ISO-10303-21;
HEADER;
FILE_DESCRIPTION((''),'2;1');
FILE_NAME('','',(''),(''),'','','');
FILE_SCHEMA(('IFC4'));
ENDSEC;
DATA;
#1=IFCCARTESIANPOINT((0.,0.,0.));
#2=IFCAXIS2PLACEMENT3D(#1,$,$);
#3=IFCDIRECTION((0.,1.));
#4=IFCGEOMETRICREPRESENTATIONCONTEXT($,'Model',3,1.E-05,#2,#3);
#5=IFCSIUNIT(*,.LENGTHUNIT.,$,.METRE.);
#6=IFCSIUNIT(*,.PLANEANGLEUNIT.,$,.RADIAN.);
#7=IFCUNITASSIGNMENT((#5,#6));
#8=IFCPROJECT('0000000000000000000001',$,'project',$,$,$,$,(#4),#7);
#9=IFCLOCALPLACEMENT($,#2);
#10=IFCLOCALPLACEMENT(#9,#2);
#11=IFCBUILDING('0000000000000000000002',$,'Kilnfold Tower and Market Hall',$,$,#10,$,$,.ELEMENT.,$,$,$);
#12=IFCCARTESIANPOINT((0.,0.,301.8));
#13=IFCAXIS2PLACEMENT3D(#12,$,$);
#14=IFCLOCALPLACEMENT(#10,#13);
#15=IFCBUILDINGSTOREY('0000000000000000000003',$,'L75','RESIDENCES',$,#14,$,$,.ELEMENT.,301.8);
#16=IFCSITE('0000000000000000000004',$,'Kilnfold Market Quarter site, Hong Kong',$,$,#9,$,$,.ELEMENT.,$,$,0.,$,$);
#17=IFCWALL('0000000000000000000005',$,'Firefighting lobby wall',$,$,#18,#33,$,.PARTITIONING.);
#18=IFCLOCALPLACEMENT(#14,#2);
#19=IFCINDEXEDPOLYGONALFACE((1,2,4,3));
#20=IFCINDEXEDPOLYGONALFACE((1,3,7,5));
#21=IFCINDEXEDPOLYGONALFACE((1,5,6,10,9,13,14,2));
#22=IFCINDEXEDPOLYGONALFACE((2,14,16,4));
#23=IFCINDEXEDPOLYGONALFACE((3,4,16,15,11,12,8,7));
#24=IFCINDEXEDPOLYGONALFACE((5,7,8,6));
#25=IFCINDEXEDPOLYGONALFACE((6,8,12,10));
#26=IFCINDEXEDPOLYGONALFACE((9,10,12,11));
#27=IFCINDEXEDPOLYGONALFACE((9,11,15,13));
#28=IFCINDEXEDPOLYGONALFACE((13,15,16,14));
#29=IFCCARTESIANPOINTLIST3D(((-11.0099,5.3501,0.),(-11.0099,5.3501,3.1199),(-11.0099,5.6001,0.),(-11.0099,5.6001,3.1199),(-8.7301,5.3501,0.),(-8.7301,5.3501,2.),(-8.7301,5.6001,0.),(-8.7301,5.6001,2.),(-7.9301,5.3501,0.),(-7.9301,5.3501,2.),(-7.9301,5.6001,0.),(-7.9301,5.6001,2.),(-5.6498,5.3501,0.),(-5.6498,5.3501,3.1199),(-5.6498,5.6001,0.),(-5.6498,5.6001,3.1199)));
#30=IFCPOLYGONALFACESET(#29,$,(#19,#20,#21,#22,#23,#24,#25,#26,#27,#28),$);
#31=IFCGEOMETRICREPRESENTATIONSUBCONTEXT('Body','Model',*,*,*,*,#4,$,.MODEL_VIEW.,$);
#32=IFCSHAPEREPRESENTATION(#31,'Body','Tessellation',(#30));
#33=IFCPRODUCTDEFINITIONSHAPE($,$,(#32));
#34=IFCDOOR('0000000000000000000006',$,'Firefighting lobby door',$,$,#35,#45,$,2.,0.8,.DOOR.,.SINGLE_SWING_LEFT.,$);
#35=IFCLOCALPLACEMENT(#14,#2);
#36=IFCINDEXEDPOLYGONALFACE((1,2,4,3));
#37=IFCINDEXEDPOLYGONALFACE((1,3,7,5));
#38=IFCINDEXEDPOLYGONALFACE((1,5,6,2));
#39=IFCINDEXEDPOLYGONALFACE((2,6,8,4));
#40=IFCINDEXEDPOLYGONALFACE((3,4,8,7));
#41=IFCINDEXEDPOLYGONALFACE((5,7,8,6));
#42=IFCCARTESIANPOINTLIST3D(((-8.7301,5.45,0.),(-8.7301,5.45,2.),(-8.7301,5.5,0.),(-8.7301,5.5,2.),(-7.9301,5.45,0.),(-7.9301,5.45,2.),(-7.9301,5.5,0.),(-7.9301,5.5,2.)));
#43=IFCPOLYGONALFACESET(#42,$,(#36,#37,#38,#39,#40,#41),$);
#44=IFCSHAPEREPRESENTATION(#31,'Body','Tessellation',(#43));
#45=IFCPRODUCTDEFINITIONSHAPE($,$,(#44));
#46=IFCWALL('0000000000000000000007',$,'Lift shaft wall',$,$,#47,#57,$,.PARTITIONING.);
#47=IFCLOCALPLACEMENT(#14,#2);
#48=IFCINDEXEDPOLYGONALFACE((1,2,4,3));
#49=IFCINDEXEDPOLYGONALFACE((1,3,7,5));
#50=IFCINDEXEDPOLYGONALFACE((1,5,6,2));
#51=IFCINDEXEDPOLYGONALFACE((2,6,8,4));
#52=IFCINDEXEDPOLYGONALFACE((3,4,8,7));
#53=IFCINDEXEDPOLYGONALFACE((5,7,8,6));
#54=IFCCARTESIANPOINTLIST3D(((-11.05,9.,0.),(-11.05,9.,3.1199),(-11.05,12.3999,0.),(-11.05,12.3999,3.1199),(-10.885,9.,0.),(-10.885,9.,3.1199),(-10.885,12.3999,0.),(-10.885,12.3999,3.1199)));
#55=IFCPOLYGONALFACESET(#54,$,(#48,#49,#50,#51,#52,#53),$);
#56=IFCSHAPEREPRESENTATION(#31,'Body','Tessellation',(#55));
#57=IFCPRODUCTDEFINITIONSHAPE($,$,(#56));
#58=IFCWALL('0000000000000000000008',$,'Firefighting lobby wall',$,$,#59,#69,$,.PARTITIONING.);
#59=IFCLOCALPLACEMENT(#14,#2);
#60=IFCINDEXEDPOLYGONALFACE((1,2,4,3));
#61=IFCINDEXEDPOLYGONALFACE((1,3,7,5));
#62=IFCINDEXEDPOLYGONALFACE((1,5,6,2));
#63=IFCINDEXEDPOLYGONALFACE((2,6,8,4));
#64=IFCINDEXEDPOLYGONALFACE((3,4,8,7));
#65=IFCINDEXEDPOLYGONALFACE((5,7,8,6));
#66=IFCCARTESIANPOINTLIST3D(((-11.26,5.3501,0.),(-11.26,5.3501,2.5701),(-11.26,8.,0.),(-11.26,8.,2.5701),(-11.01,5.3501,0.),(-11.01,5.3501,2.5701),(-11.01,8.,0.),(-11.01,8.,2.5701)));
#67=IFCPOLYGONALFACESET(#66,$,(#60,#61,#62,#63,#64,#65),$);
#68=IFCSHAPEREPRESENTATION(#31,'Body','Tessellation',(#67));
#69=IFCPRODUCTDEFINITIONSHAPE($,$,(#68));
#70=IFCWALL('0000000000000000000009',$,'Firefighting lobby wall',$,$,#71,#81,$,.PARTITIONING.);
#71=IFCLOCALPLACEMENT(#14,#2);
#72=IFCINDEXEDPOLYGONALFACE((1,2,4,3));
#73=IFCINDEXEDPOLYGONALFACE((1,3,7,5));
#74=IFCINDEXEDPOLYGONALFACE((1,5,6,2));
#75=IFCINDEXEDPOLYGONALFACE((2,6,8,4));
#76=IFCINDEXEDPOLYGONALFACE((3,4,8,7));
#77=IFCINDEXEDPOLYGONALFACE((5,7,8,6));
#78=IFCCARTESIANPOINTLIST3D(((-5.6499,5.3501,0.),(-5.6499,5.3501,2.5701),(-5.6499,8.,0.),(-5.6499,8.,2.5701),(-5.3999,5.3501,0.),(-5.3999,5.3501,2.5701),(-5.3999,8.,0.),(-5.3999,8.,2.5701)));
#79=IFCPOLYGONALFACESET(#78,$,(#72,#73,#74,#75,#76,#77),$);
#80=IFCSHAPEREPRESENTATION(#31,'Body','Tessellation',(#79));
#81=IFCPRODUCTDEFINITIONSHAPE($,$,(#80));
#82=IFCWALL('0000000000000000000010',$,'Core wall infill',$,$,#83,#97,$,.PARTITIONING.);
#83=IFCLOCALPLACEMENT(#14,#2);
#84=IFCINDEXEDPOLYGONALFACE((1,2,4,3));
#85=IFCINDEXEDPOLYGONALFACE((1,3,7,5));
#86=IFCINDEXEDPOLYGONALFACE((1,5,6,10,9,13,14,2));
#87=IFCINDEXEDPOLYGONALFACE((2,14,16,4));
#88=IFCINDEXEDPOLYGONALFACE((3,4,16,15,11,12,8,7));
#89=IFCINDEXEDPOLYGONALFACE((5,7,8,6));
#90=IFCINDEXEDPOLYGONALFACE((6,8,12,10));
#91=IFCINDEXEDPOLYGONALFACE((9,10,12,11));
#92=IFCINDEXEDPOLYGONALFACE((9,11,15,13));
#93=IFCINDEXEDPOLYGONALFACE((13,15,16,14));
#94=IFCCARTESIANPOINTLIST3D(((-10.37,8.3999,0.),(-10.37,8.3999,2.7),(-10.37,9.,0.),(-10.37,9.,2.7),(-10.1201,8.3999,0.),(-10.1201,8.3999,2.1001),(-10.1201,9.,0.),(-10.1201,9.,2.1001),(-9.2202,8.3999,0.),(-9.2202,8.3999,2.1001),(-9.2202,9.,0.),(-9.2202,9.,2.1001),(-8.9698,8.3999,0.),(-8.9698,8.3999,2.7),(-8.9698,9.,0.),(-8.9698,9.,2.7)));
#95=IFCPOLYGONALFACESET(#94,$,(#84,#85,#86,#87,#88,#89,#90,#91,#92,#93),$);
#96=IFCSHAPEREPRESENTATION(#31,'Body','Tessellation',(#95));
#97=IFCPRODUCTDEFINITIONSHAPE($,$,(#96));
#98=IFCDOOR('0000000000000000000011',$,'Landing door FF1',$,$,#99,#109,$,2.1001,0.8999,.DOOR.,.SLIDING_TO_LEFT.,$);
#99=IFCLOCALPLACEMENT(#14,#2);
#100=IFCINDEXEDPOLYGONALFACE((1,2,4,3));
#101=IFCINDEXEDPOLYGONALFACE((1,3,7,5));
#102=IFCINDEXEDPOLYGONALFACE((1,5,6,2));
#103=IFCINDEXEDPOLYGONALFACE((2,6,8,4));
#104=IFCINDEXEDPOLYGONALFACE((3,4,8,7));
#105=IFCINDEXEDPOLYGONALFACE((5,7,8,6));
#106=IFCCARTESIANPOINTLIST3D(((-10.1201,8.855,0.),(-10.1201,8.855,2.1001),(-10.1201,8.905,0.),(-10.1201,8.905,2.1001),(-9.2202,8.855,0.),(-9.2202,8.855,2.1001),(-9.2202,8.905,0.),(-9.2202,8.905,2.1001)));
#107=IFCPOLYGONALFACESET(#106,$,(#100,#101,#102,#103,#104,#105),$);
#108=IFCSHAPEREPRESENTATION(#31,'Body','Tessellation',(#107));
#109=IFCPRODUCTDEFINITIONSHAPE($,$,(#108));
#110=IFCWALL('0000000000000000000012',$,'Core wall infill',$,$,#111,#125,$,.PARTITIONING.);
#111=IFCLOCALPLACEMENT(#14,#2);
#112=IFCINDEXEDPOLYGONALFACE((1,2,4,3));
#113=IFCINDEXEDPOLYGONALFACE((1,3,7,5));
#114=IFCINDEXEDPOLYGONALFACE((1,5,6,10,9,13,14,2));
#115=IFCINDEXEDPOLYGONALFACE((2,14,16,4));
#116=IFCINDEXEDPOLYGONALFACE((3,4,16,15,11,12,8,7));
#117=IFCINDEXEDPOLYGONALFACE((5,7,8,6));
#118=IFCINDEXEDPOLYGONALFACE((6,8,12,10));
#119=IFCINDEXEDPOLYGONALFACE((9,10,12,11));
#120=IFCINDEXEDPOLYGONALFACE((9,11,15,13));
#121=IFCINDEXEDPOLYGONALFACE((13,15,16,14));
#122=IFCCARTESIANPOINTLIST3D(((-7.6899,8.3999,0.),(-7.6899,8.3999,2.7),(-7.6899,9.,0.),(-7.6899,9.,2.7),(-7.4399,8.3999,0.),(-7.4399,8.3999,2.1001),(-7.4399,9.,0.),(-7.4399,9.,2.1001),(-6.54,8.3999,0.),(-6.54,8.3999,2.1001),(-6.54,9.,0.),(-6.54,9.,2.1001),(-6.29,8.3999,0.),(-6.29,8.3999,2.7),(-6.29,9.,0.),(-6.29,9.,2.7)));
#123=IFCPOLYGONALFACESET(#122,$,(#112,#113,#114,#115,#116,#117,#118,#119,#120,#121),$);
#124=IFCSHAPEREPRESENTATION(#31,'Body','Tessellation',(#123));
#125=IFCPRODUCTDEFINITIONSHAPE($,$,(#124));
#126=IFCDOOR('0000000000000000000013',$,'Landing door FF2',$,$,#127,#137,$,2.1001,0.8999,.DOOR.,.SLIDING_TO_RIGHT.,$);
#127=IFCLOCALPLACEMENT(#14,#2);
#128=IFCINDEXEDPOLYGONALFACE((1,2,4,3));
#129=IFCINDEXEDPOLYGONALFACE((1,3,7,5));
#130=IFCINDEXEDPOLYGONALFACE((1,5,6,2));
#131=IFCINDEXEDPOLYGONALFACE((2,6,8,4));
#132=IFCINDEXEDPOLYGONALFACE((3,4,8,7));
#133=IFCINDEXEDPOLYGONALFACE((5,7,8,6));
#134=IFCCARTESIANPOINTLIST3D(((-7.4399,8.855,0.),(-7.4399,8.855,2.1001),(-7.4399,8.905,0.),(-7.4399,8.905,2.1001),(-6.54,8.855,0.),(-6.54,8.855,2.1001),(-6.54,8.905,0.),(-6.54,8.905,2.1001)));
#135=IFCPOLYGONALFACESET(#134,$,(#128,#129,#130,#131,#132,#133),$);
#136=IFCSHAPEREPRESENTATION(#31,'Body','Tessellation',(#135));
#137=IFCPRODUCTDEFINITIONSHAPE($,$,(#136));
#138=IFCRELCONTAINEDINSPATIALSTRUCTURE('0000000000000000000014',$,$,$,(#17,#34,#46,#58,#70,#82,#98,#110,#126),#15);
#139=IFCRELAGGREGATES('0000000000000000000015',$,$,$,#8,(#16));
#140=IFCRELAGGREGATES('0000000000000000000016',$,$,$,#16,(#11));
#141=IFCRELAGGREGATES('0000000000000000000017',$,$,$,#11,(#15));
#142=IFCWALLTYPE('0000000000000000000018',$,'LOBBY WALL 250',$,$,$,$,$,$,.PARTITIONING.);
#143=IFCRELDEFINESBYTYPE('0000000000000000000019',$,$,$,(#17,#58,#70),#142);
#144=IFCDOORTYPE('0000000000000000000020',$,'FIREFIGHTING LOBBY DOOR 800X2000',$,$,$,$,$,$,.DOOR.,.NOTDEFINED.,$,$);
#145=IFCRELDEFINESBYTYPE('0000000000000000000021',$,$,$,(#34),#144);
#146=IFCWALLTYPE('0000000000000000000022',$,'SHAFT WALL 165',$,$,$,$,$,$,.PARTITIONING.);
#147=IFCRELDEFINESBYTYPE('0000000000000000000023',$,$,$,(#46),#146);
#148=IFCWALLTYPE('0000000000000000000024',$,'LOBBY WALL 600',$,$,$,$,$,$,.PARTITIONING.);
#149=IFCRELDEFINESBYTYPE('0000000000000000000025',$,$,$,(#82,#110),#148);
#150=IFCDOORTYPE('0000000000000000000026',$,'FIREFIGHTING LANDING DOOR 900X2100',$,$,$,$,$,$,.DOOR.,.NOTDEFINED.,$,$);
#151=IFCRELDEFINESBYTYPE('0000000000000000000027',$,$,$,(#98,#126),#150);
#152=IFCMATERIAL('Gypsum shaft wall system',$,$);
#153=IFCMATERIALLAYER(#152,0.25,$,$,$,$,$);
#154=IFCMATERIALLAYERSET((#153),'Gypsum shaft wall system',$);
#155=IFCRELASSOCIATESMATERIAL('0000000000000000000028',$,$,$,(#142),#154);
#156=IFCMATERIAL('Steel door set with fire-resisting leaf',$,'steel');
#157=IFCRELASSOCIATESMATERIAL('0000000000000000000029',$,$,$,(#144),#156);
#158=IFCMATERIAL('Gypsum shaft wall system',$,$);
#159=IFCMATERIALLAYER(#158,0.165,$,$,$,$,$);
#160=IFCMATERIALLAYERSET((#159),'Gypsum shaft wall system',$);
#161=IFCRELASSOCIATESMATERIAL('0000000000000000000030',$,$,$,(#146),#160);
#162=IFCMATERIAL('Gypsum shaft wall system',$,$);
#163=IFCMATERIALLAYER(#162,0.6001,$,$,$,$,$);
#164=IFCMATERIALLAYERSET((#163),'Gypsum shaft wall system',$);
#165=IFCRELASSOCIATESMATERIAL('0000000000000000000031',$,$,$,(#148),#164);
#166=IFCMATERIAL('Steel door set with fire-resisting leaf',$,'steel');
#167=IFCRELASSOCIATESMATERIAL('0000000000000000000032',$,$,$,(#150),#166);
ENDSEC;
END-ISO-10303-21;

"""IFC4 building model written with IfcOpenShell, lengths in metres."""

from ifc_helpers import new_model, si_unit, direction, frame, frame_2d, origin, place, context, subcontext, project, spatial, rectangle, extrude, source, transform, mapped, material, layer, layer_set, type_object, element, fill, save


model = new_model("IFC4")

# Units and contexts
model_context = context("Model", 3, precision=1e-05, world=origin(), true_north=direction((0.0, 1.0)))
body_context = subcontext(model_context, "Body", "Model", "MODEL_VIEW")
ifc_project = project(units=[si_unit("LENGTHUNIT", "METRE"), si_unit("PLANEANGLEUNIT", "RADIAN")], contexts=[model_context])

# Site, building, storey
site_placement = place(None, origin())
site = spatial("IfcSite", under=ifc_project, at=site_placement, Name="Kilnfold Market Quarter site, Hong Kong", CompositionType="ELEMENT", RefElevation=0.0)
building_placement = place(site_placement, origin())
building = spatial("IfcBuilding", under=site, at=building_placement, Name="Kilnfold Tower and Market Hall", CompositionType="ELEMENT")
storey_placement = place(building_placement, frame((0.0, 0.0, 301.8)))
storey = spatial("IfcBuildingStorey", under=building, at=storey_placement, Name="L75", Description="RESIDENCES", CompositionType="ELEMENT", Elevation=301.8)

# Wall, opening, door
ifc_material_1 = material(Name="Gypsum shaft wall system")
ifc_layer_1 = layer(ifc_material_1, 0.25)
ifc_layer_set_1 = layer_set([ifc_layer_1], Name="Gypsum shaft wall system")
wall_type_1 = type_object("IfcWallType", Name="LOBBY WALL 250", PredefinedType="PARTITIONING", material=ifc_layer_set_1)
shared_shape_1 = source(origin(), body_context, "Body", "SweptSolid", [
    extrude(rectangle(XDim=5.3601, YDim=0.25, at=frame_2d((2.6802, 0.0))), origin(), (0.0, 0.0, 1.0), 3.1199),
])
wall_1_placement = place(storey_placement, frame((-11.01, 5.4751, 0.0), z_axis=(0.0, 0.0, 1.0), x_axis=(1.0, 0.0, 0.0)))
wall_1 = element("IfcWall", 1, at=wall_1_placement, inside=storey, type_object=wall_type_1, Name="Firefighting lobby wall", PredefinedType="PARTITIONING", context=body_context, shape_type="MappedRepresentation", body=[
    mapped(shared_shape_1, transform((0.0, 0.0, 0.0))),
])
opening_1_placement = place(wall_1_placement, frame((2.28, 0.0, 0.0)))
opening_1 = element("IfcOpeningElement", 2, at=opening_1_placement, cuts=wall_1, PredefinedType="OPENING", context=body_context, shape_type="SweptSolid", body=[
    extrude(rectangle(XDim=0.8, YDim=2.0, at=frame_2d((0.3999, 1.0))), frame((0.0, 0.135, 0.0), z_axis=(0.0, -1.0, 0.0), x_axis=(1.0, 0.0, 0.0)), (0.0, 0.0, 1.0), 0.27),
])
ifc_material_2 = material(Name="Steel door set with fire-resisting leaf", Category="steel")
door_type_1 = type_object("IfcDoorType", Name="FIREFIGHTING LOBBY DOOR 800X2000", OperationType="NOTDEFINED", PredefinedType="DOOR", material=ifc_material_2)
door_1_placement = place(opening_1_placement, origin())
door_1 = element("IfcDoor", 3, at=door_1_placement, inside=storey, type_object=door_type_1, Name="Firefighting lobby door", OperationType="SINGLE_SWING_LEFT", OverallHeight=2.0, OverallWidth=0.8, PredefinedType="DOOR", context=body_context, shape_type="SweptSolid", body=[
    extrude(rectangle(XDim=0.8, YDim=2.0, at=frame_2d((0.3999, 1.0))), frame((0.0, 0.0249, 0.0), z_axis=(0.0, -1.0, 0.0), x_axis=(1.0, 0.0, 0.0)), (0.0, 0.0, 1.0), 0.05),
])
fill(opening_1, door_1)

# Walls
ifc_material_3 = material(Name="Gypsum shaft wall system")
ifc_layer_2 = layer(ifc_material_3, 0.165)
ifc_layer_set_2 = layer_set([ifc_layer_2], Name="Gypsum shaft wall system")
wall_type_2 = type_object("IfcWallType", Name="SHAFT WALL 165", PredefinedType="PARTITIONING", material=ifc_layer_set_2)
shared_shape_2 = source(origin(), body_context, "Body", "SweptSolid", [
    extrude(rectangle(XDim=3.3999, YDim=0.165, at=frame_2d((1.7, 0.0))), origin(), (0.0, 0.0, 1.0), 3.1199),
])
wall_2_placement = place(storey_placement, frame((-10.9675, 9.0, 0.0), z_axis=(0.0, 0.0, 1.0), x_axis=(0.0, 1.0, 0.0)))
element("IfcWall", 4, at=wall_2_placement, inside=storey, type_object=wall_type_2, Name="Lift shaft wall", PredefinedType="PARTITIONING", context=body_context, shape_type="MappedRepresentation", body=[
    mapped(shared_shape_2, transform((0.0, 0.0, 0.0))),
])
shared_shape_3 = source(origin(), body_context, "Body", "SweptSolid", [
    extrude(rectangle(XDim=2.6499, YDim=0.25, at=frame_2d((1.325, 0.0))), origin(), (0.0, 0.0, 1.0), 2.5701),
])
for number, where, z_axis, x_axis, name in (
    (5, (-11.135, 5.3501, 0.0), (0.0, 0.0, 1.0), (0.0, 1.0, 0.0), "Firefighting lobby wall"),
    (6, (-5.5249, 5.3501, 0.0), (0.0, 0.0, 1.0), (0.0, 1.0, 0.0), "Firefighting lobby wall"),
):
    element("IfcWall", number, at=place(storey_placement, frame(where, z_axis=z_axis, x_axis=x_axis)), inside=storey, type_object=wall_type_1, Name=name, PredefinedType="PARTITIONING", context=body_context, shape_type="MappedRepresentation", body=[
        mapped(shared_shape_3, transform((0.0, 0.0, 0.0))),
    ])

# Walls, openings, doors
ifc_material_4 = material(Name="Gypsum shaft wall system")
ifc_layer_3 = layer(ifc_material_4, 0.6001)
ifc_layer_set_3 = layer_set([ifc_layer_3], Name="Gypsum shaft wall system")
wall_type_3 = type_object("IfcWallType", Name="LOBBY WALL 600", PredefinedType="PARTITIONING", material=ifc_layer_set_3)
shared_shape_4 = source(origin(), body_context, "Body", "SweptSolid", [
    extrude(rectangle(XDim=1.4001, YDim=0.6001, at=frame_2d((0.7002, 0.0))), origin(), (0.0, 0.0, 1.0), 2.7),
])
wall_3_placement = place(storey_placement, frame((-10.3701, 8.7, 0.0), z_axis=(0.0, 0.0, 1.0), x_axis=(1.0, 0.0, 0.0)))
wall_3 = element("IfcWall", 7, at=wall_3_placement, inside=storey, type_object=wall_type_3, Name="Core wall infill", PredefinedType="PARTITIONING", context=body_context, shape_type="MappedRepresentation", body=[
    mapped(shared_shape_4, transform((0.0, 0.0, 0.0))),
])
opening_2_placement = place(wall_3_placement, frame((0.25, 0.0, 0.0)))
opening_2 = element("IfcOpeningElement", 8, at=opening_2_placement, cuts=wall_3, PredefinedType="OPENING", context=body_context, shape_type="SweptSolid", body=[
    extrude(rectangle(XDim=0.8999, YDim=2.1001, at=frame_2d((0.45, 1.05))), frame((0.0, 0.3101, 0.0), z_axis=(0.0, -1.0, 0.0), x_axis=(1.0, 0.0, 0.0)), (0.0, 0.0, 1.0), 0.6201),
])
ifc_material_5 = material(Name="Steel door set with fire-resisting leaf", Category="steel")
door_type_2 = type_object("IfcDoorType", Name="FIREFIGHTING LANDING DOOR 900X2100", OperationType="NOTDEFINED", PredefinedType="DOOR", material=ifc_material_5)
door_2_placement = place(opening_2_placement, origin())
door_2 = element("IfcDoor", 9, at=door_2_placement, inside=storey, type_object=door_type_2, Name="Landing door FF1", OperationType="SLIDING_TO_LEFT", OverallHeight=2.1001, OverallWidth=0.8999, PredefinedType="DOOR", context=body_context, shape_type="SweptSolid", body=[
    extrude(rectangle(XDim=0.8999, YDim=2.1001, at=frame_2d((0.45, 1.05))), frame((0.0, 0.2051, 0.0), z_axis=(0.0, -1.0, 0.0), x_axis=(1.0, 0.0, 0.0)), (0.0, 0.0, 1.0), 0.05),
])
fill(opening_2, door_2)
shared_shape_5 = source(origin(), body_context, "Body", "SweptSolid", [
    extrude(rectangle(XDim=1.3999, YDim=0.6001, at=frame_2d((0.7, 0.0))), origin(), (0.0, 0.0, 1.0), 2.7),
])
wall_4_placement = place(storey_placement, frame((-7.6899, 8.7, 0.0), z_axis=(0.0, 0.0, 1.0), x_axis=(1.0, 0.0, 0.0)))
wall_4 = element("IfcWall", 10, at=wall_4_placement, inside=storey, type_object=wall_type_3, Name="Core wall infill", PredefinedType="PARTITIONING", context=body_context, shape_type="MappedRepresentation", body=[
    mapped(shared_shape_5, transform((0.0, 0.0, 0.0))),
])
opening_3_placement = place(wall_4_placement, frame((0.25, 0.0, 0.0)))
opening_3 = element("IfcOpeningElement", 11, at=opening_3_placement, cuts=wall_4, PredefinedType="OPENING", context=body_context, shape_type="SweptSolid", body=[
    extrude(rectangle(XDim=0.8999, YDim=2.1001, at=frame_2d((0.45, 1.05))), frame((0.0, 0.3101, 0.0), z_axis=(0.0, -1.0, 0.0), x_axis=(1.0, 0.0, 0.0)), (0.0, 0.0, 1.0), 0.6201),
])
door_3_placement = place(opening_3_placement, origin())
door_3 = element("IfcDoor", 12, at=door_3_placement, inside=storey, type_object=door_type_2, Name="Landing door FF2", OperationType="SLIDING_TO_RIGHT", OverallHeight=2.1001, OverallWidth=0.8999, PredefinedType="DOOR", context=body_context, shape_type="SweptSolid", body=[
    extrude(rectangle(XDim=0.8999, YDim=2.1001, at=frame_2d((0.45, 1.05))), frame((0.0, 0.2051, 0.0), z_axis=(0.0, -1.0, 0.0), x_axis=(1.0, 0.0, 0.0)), (0.0, 0.0, 1.0), 0.05),
])
fill(opening_3, door_3)

save(model, "model.ifc")
